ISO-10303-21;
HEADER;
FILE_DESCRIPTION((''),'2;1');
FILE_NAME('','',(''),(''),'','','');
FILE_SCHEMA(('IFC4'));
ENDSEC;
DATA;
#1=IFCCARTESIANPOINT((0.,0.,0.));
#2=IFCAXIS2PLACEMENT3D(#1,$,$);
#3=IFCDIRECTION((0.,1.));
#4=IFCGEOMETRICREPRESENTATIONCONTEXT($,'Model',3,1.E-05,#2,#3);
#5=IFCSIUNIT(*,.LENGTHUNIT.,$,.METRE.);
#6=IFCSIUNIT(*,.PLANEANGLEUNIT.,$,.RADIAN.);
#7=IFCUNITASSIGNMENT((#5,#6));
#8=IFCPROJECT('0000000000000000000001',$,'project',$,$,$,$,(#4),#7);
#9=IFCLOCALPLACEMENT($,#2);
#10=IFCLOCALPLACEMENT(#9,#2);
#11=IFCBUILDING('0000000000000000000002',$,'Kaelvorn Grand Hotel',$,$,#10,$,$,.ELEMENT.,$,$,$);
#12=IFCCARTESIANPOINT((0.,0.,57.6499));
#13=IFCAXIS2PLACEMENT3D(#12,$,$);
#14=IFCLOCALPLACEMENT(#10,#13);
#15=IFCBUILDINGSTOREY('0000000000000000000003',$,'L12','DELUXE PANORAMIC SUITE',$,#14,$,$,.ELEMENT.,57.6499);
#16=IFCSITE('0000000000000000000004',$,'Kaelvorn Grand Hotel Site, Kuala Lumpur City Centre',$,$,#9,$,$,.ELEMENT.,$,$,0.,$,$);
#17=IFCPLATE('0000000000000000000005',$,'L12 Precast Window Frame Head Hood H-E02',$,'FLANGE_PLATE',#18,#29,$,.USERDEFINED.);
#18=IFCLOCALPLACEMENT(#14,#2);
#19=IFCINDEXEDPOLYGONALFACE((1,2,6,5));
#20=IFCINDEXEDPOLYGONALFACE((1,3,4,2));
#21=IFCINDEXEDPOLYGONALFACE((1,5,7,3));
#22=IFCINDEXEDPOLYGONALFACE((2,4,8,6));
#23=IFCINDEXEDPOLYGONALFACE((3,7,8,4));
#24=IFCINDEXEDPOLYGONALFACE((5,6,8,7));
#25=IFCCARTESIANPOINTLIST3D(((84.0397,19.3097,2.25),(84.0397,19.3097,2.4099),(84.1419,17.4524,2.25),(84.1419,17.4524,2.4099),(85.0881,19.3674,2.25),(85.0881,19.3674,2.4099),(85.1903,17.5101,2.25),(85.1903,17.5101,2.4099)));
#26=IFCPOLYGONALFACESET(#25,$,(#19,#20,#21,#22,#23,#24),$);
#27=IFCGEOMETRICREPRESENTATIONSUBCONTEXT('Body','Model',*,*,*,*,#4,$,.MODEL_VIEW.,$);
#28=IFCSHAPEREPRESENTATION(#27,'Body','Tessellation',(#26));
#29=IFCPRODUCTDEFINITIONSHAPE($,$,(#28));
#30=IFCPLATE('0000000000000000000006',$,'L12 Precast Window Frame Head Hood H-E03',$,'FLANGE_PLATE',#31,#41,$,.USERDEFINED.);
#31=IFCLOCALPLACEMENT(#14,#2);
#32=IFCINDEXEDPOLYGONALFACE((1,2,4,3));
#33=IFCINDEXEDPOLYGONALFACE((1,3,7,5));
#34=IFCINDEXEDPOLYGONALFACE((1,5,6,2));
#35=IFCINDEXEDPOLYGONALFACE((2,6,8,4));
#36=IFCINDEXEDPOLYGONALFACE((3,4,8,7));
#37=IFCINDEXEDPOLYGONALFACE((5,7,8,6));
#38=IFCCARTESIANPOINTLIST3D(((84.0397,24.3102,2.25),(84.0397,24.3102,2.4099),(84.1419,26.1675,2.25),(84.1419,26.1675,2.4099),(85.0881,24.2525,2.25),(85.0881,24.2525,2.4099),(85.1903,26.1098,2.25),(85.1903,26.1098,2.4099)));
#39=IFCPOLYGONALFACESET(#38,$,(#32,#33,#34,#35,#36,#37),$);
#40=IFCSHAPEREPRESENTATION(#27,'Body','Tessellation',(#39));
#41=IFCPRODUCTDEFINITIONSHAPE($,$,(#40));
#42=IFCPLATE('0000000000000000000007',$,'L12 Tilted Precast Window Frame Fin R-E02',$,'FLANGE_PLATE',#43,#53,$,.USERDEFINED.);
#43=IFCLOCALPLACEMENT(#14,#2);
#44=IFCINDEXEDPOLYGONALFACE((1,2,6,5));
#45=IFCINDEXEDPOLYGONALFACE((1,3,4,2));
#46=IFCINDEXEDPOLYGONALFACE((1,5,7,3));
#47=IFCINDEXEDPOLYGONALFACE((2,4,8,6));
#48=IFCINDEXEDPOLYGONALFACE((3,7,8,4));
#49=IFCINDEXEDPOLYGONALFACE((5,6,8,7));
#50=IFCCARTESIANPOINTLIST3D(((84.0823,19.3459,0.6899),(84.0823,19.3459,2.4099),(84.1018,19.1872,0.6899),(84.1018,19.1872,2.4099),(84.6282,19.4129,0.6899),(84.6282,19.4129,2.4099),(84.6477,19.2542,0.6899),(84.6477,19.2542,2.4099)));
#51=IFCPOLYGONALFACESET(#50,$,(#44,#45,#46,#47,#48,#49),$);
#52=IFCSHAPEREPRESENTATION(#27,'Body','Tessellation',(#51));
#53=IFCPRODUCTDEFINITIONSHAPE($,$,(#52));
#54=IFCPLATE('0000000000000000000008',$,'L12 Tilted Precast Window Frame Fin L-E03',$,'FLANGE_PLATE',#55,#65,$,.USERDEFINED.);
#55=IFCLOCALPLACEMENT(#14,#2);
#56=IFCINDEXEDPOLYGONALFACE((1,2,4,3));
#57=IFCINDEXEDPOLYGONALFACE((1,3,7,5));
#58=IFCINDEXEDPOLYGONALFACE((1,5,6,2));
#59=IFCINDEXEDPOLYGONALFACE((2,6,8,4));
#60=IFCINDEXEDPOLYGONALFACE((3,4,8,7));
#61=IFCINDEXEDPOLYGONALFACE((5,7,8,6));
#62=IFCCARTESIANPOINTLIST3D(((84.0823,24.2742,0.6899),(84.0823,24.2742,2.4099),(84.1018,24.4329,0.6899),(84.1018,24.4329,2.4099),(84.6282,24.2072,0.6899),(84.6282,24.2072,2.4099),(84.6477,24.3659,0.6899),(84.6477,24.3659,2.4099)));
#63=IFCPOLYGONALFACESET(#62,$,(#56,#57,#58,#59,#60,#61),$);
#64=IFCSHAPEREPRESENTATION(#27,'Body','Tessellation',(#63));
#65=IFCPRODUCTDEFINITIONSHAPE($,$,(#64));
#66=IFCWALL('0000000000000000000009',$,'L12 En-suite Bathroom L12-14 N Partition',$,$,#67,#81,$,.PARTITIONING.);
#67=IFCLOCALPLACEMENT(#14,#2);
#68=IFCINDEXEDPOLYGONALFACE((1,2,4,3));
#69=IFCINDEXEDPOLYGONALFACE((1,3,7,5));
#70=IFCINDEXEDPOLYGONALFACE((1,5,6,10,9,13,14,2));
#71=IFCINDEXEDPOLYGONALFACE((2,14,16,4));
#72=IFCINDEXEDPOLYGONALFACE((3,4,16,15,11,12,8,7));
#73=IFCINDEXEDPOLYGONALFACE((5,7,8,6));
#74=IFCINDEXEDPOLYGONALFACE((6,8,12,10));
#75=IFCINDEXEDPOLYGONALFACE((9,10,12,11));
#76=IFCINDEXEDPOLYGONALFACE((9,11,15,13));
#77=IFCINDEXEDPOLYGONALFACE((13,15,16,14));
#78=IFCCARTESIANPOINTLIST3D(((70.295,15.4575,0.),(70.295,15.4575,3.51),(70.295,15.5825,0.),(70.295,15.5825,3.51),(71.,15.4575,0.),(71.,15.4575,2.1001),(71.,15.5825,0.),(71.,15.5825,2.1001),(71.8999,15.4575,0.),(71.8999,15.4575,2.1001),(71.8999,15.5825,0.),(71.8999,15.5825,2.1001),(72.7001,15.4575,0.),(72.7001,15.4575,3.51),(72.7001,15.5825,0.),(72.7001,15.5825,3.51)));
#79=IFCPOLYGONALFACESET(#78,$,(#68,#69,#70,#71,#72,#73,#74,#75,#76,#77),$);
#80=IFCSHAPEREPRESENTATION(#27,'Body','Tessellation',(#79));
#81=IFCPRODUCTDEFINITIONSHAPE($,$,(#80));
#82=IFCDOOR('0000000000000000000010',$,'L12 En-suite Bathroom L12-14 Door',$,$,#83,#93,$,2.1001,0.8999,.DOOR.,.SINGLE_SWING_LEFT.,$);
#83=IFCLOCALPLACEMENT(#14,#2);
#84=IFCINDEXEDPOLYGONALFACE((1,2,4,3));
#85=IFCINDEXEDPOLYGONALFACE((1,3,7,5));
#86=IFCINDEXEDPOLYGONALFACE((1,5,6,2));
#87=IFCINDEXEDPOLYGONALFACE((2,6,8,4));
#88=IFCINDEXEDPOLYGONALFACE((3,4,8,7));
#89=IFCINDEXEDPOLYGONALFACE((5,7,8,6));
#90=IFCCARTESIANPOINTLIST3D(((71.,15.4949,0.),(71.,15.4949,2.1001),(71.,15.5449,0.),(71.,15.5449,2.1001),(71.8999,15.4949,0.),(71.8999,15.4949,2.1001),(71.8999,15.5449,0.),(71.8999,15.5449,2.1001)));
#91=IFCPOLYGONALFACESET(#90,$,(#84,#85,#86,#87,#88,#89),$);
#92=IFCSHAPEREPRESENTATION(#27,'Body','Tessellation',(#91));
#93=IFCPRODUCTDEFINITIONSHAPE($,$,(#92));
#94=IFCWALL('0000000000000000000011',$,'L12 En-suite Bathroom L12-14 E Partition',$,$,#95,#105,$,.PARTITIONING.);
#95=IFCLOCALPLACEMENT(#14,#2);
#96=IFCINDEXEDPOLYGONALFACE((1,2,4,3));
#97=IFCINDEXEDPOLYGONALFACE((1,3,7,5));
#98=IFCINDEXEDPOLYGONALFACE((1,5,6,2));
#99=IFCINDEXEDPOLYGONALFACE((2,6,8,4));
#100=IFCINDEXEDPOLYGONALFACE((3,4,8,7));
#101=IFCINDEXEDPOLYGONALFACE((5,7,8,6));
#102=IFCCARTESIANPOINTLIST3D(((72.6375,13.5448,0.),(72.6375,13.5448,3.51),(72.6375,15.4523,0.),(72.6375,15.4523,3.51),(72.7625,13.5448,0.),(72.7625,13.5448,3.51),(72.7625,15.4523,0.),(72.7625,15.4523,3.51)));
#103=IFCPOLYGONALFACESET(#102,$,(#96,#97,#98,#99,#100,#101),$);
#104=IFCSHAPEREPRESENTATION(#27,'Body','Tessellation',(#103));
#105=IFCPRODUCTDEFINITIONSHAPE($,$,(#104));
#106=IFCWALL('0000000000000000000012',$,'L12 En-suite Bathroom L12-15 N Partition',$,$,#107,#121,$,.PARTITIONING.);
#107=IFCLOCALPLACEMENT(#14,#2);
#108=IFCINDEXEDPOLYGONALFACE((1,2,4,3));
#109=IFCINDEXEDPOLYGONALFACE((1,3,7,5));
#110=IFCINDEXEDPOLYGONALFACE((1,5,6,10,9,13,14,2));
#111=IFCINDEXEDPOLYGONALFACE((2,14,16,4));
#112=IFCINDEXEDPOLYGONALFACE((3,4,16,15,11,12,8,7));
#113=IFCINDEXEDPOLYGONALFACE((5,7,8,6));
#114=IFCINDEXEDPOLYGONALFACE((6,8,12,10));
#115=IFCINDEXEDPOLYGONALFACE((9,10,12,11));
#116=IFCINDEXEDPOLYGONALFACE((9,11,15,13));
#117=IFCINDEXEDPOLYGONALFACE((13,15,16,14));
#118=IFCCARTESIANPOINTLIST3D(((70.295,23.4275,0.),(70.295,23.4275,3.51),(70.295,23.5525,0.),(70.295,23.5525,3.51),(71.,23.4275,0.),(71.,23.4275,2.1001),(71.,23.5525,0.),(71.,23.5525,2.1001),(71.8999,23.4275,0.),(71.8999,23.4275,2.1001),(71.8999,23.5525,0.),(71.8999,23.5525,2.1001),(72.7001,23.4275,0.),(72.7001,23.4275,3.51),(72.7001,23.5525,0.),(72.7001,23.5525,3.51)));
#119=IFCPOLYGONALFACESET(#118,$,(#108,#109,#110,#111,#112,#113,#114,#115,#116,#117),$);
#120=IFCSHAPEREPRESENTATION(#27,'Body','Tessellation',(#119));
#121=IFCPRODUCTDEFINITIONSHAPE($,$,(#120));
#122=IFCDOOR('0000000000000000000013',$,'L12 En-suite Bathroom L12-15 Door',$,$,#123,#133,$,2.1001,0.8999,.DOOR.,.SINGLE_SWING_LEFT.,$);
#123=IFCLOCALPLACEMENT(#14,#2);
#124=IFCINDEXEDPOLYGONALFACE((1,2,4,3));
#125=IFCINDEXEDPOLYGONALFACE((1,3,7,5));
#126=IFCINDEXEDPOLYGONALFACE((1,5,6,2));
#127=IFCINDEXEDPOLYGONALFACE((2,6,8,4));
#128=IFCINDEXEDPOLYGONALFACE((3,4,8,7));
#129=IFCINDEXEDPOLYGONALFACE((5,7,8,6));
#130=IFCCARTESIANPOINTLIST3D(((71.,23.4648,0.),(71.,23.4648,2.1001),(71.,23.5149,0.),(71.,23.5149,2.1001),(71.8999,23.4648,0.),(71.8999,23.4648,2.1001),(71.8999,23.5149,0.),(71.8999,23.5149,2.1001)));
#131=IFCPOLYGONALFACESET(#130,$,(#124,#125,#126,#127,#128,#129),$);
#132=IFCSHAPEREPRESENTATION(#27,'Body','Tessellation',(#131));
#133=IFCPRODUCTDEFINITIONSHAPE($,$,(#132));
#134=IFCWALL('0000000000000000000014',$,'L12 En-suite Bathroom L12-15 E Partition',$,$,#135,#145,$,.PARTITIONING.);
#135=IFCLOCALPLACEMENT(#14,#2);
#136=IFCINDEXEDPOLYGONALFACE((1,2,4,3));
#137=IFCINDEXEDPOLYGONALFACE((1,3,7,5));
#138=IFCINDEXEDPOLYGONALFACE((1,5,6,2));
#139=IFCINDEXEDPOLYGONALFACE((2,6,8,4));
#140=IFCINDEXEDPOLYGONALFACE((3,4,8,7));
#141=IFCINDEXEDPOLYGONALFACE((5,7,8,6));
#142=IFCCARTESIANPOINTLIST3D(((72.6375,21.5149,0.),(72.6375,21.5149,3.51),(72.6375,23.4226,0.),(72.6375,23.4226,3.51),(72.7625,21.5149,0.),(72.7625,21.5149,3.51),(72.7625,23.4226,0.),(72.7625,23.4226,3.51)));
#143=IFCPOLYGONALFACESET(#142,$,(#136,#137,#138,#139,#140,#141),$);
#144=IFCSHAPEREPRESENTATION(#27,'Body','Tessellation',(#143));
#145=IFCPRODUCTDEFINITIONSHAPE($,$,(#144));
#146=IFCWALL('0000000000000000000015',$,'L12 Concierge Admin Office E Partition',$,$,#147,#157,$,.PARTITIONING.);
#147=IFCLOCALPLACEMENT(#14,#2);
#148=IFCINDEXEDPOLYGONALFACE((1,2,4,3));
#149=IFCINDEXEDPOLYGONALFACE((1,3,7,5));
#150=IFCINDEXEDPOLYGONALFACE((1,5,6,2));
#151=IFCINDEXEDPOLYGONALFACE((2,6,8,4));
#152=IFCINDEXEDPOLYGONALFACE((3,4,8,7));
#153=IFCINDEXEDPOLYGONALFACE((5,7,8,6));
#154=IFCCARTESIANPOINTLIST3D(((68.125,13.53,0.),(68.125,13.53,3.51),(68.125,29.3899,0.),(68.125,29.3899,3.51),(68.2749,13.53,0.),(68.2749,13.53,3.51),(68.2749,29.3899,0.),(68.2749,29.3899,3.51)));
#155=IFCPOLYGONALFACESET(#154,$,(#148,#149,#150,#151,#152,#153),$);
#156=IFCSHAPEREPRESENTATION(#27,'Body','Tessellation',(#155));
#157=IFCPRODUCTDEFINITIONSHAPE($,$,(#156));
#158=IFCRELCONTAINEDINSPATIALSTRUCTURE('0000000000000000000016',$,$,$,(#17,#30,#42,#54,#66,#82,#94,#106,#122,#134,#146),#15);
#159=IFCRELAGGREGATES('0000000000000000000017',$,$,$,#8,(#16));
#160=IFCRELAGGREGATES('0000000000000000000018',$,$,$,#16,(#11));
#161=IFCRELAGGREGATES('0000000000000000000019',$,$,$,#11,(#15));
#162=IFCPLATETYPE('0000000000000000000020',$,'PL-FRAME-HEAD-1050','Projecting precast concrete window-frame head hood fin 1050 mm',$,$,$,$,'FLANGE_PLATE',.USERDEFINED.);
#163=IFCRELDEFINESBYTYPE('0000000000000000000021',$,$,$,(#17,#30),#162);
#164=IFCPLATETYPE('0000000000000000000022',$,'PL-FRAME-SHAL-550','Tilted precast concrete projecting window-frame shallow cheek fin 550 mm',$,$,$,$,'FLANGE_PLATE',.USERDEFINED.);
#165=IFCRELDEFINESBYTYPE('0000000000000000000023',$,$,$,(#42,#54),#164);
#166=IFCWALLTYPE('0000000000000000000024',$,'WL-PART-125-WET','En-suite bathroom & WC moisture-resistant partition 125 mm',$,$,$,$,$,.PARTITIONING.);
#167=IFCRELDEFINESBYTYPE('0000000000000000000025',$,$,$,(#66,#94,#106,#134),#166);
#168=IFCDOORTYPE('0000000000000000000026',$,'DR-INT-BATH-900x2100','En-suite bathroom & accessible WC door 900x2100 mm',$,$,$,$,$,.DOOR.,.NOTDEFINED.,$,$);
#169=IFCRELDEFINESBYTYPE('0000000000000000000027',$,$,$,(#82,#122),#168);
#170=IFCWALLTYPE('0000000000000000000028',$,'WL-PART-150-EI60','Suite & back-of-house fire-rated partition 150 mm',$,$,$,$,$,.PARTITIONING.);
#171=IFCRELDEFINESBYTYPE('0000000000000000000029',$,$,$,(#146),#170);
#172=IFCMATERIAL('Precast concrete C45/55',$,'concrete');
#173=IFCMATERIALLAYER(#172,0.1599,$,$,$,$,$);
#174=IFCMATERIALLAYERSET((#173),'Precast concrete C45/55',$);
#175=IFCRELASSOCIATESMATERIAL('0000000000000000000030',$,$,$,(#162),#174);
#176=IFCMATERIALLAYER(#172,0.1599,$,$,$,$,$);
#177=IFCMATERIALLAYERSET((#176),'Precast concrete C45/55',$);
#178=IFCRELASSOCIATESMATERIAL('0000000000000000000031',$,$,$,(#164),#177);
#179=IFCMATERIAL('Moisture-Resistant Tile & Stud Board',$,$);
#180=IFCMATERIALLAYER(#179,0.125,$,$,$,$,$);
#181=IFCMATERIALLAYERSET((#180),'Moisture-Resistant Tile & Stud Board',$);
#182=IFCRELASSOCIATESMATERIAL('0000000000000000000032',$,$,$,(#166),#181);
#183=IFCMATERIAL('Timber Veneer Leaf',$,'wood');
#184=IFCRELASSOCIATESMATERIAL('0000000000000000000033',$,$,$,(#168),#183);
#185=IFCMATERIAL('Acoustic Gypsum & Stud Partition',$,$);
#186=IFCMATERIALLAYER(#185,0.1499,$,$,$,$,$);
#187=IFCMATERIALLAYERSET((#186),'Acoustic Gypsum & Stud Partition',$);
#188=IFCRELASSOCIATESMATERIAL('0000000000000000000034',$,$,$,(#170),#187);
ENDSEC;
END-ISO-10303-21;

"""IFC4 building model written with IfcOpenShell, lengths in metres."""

from ifc_helpers import new_model, si_unit, direction, frame, frame_2d, origin, origin_2d, place, context, subcontext, project, spatial, rectangle, extrude, material, layer, layer_set, type_object, element, fill, save


model = new_model("IFC4")

# Units and contexts
model_context = context("Model", 3, precision=1e-05, world=origin(), true_north=direction((0.0, 1.0)))
body_context = subcontext(model_context, "Body", "Model", "MODEL_VIEW")
ifc_project = project(units=[si_unit("LENGTHUNIT", "METRE"), si_unit("PLANEANGLEUNIT", "RADIAN")], contexts=[model_context])

# Site, building, storey
site_placement = place(None, origin())
site = spatial("IfcSite", under=ifc_project, at=site_placement, Name="Kaelvorn Grand Hotel Site, Kuala Lumpur City Centre", CompositionType="ELEMENT", RefElevation=0.0)
building_placement = place(site_placement, origin())
building = spatial("IfcBuilding", under=site, at=building_placement, Name="Kaelvorn Grand Hotel", CompositionType="ELEMENT")
storey_placement = place(building_placement, frame((0.0, 0.0, 57.6499)))
storey = spatial("IfcBuildingStorey", under=building, at=storey_placement, Name="L12", Description="DELUXE PANORAMIC SUITE", CompositionType="ELEMENT", Elevation=57.6499)

# Plates
ifc_material_1 = material(Name="Precast concrete C45/55", Category="concrete")
ifc_layer_1 = layer(ifc_material_1, 0.1599)
ifc_layer_set_1 = layer_set([ifc_layer_1], Name="Precast concrete C45/55")
plate_type_1 = type_object("IfcPlateType", Name="PL-FRAME-HEAD-1050", Description="Projecting precast concrete window-frame head hood fin 1050 mm", ElementType="FLANGE_PLATE", PredefinedType="USERDEFINED", material=ifc_layer_set_1)
for number, where, z_axis, x_axis, name in (
    (1, (84.615, 18.4099, 2.25), (0.0, 0.0, 1.0), (-0.05495, 0.998489, 0.0), "L12 Precast Window Frame Head Hood H-E02"),
    (2, (84.615, 25.21, 2.25), (0.0, 0.0, 1.0), (0.05495, 0.998489, 0.0), "L12 Precast Window Frame Head Hood H-E03"),
):
    element("IfcPlate", number, at=place(storey_placement, frame(where, z_axis=z_axis, x_axis=x_axis)), inside=storey, type_object=plate_type_1, Name=name, ObjectType="FLANGE_PLATE", PredefinedType="USERDEFINED", context=body_context, shape_type="SweptSolid", body=[
        extrude(rectangle(XDim=1.8601, YDim=1.05, at=origin_2d()), origin(), (0.0, 0.0, 1.0), 0.1599),
    ])
ifc_layer_2 = layer(ifc_material_1, 0.1599)
ifc_layer_set_2 = layer_set([ifc_layer_2], Name="Precast concrete C45/55")
plate_type_2 = type_object("IfcPlateType", Name="PL-FRAME-SHAL-550", Description="Tilted precast concrete projecting window-frame shallow cheek fin 550 mm", ElementType="FLANGE_PLATE", PredefinedType="USERDEFINED", material=ifc_layer_set_2)
for number, where, z_axis, x_axis, name in (
    (3, (84.365, 19.3, 0.6899), (0.0, 0.0, 1.0), (-0.121869, 0.992546, 0.0), "L12 Tilted Precast Window Frame Fin R-E02"),
    (4, (84.365, 24.3201, 0.6899), (0.0, 0.0, 1.0), (0.121869, 0.992546, 0.0), "L12 Tilted Precast Window Frame Fin L-E03"),
):
    element("IfcPlate", number, at=place(storey_placement, frame(where, z_axis=z_axis, x_axis=x_axis)), inside=storey, type_object=plate_type_2, Name=name, ObjectType="FLANGE_PLATE", PredefinedType="USERDEFINED", context=body_context, shape_type="SweptSolid", body=[
        extrude(rectangle(XDim=0.1599, YDim=0.55, at=origin_2d()), origin(), (0.0, 0.0, 1.0), 1.72),
    ])

# Wall, opening, door
ifc_material_2 = material(Name="Moisture-Resistant Tile & Stud Board")
ifc_layer_3 = layer(ifc_material_2, 0.125)
ifc_layer_set_3 = layer_set([ifc_layer_3], Name="Moisture-Resistant Tile & Stud Board")
wall_type_1 = type_object("IfcWallType", Name="WL-PART-125-WET", Description="En-suite bathroom & WC moisture-resistant partition 125 mm", PredefinedType="PARTITIONING", material=ifc_layer_set_3)
wall_1_placement = place(storey_placement, frame((70.2949, 15.52, 0.0), z_axis=(0.0, 0.0, 1.0), x_axis=(1.0, 0.0, 0.0)))
wall_1 = element("IfcWall", 5, at=wall_1_placement, inside=storey, type_object=wall_type_1, Name="L12 En-suite Bathroom L12-14 N Partition", PredefinedType="PARTITIONING", context=body_context, shape_type="SweptSolid", body=[
    extrude(rectangle(XDim=2.405, YDim=0.125, at=frame_2d((1.2026, 0.0))), origin(), (0.0, 0.0, 1.0), 3.51),
])
opening_1_placement = place(wall_1_placement, frame((0.7051, 0.0, 0.0)))
opening_1 = element("IfcOpeningElement", 6, at=opening_1_placement, cuts=wall_1, PredefinedType="OPENING", context=body_context, shape_type="SweptSolid", body=[
    extrude(rectangle(XDim=0.8999, YDim=2.1001, at=frame_2d((0.45, 1.05))), frame((0.0, 0.0725, 0.0), z_axis=(0.0, -1.0, 0.0), x_axis=(1.0, 0.0, 0.0)), (0.0, 0.0, 1.0), 0.145),
])
ifc_material_3 = material(Name="Timber Veneer Leaf", Category="wood")
door_type_1 = type_object("IfcDoorType", Name="DR-INT-BATH-900x2100", Description="En-suite bathroom & accessible WC door 900x2100 mm", OperationType="NOTDEFINED", PredefinedType="DOOR", material=ifc_material_3)
door_1_placement = place(opening_1_placement, origin())
door_1 = element("IfcDoor", 7, at=door_1_placement, inside=storey, type_object=door_type_1, Name="L12 En-suite Bathroom L12-14 Door", OperationType="SINGLE_SWING_LEFT", OverallHeight=2.1001, OverallWidth=0.8999, PredefinedType="DOOR", context=body_context, shape_type="SweptSolid", body=[
    extrude(rectangle(XDim=0.8999, YDim=2.1001, at=frame_2d((0.45, 1.05))), frame((0.0, 0.0249, 0.0), z_axis=(0.0, -1.0, 0.0), x_axis=(1.0, 0.0, 0.0)), (0.0, 0.0, 1.0), 0.05),
])
fill(opening_1, door_1)

# Wall
wall_2_placement = place(storey_placement, frame((72.7, 13.5449, 0.0), z_axis=(0.0, 0.0, 1.0), x_axis=(0.0, 1.0, 0.0)))
element("IfcWall", 8, at=wall_2_placement, inside=storey, type_object=wall_type_1, Name="L12 En-suite Bathroom L12-14 E Partition", PredefinedType="PARTITIONING", context=body_context, shape_type="SweptSolid", body=[
    extrude(rectangle(XDim=1.9075, YDim=0.125, at=frame_2d((0.9536, 0.0))), origin(), (0.0, 0.0, 1.0), 3.51),
])

# Wall, opening, door
wall_3_placement = place(storey_placement, frame((70.2949, 23.49, 0.0), z_axis=(0.0, 0.0, 1.0), x_axis=(1.0, 0.0, 0.0)))
wall_3 = element("IfcWall", 9, at=wall_3_placement, inside=storey, type_object=wall_type_1, Name="L12 En-suite Bathroom L12-15 N Partition", PredefinedType="PARTITIONING", context=body_context, shape_type="SweptSolid", body=[
    extrude(rectangle(XDim=2.405, YDim=0.125, at=frame_2d((1.2026, 0.0))), origin(), (0.0, 0.0, 1.0), 3.51),
])
opening_2_placement = place(wall_3_placement, frame((0.7051, 0.0, 0.0)))
opening_2 = element("IfcOpeningElement", 10, at=opening_2_placement, cuts=wall_3, PredefinedType="OPENING", context=body_context, shape_type="SweptSolid", body=[
    extrude(rectangle(XDim=0.8999, YDim=2.1001, at=frame_2d((0.45, 1.05))), frame((0.0, 0.0725, 0.0), z_axis=(0.0, -1.0, 0.0), x_axis=(1.0, 0.0, 0.0)), (0.0, 0.0, 1.0), 0.145),
])
door_2_placement = place(opening_2_placement, origin())
door_2 = element("IfcDoor", 11, at=door_2_placement, inside=storey, type_object=door_type_1, Name="L12 En-suite Bathroom L12-15 Door", OperationType="SINGLE_SWING_LEFT", OverallHeight=2.1001, OverallWidth=0.8999, PredefinedType="DOOR", context=body_context, shape_type="SweptSolid", body=[
    extrude(rectangle(XDim=0.8999, YDim=2.1001, at=frame_2d((0.45, 1.05))), frame((0.0, 0.0249, 0.0), z_axis=(0.0, -1.0, 0.0), x_axis=(1.0, 0.0, 0.0)), (0.0, 0.0, 1.0), 0.05),
])
fill(opening_2, door_2)

# Walls
wall_4_placement = place(storey_placement, frame((72.7, 21.5149, 0.0), z_axis=(0.0, 0.0, 1.0), x_axis=(0.0, 1.0, 0.0)))
element("IfcWall", 12, at=wall_4_placement, inside=storey, type_object=wall_type_1, Name="L12 En-suite Bathroom L12-15 E Partition", PredefinedType="PARTITIONING", context=body_context, shape_type="SweptSolid", body=[
    extrude(rectangle(XDim=1.9077, YDim=0.125, at=frame_2d((0.9539, 0.0))), origin(), (0.0, 0.0, 1.0), 3.51),
])
ifc_material_4 = material(Name="Acoustic Gypsum & Stud Partition")
ifc_layer_4 = layer(ifc_material_4, 0.1499)
ifc_layer_set_4 = layer_set([ifc_layer_4], Name="Acoustic Gypsum & Stud Partition")
wall_type_2 = type_object("IfcWallType", Name="WL-PART-150-EI60", Description="Suite & back-of-house fire-rated partition 150 mm", PredefinedType="PARTITIONING", material=ifc_layer_set_4)
wall_5_placement = place(storey_placement, frame((68.2, 13.53, 0.0), z_axis=(0.0, 0.0, 1.0), x_axis=(0.0, 1.0, 0.0)))
element("IfcWall", 13, at=wall_5_placement, inside=storey, type_object=wall_type_2, Name="L12 Concierge Admin Office E Partition", PredefinedType="PARTITIONING", context=body_context, shape_type="SweptSolid", body=[
    extrude(rectangle(XDim=15.8599, YDim=0.1499, at=frame_2d((7.9299, 0.0))), origin(), (0.0, 0.0, 1.0), 3.51),
])

save(model, "model.ifc")
